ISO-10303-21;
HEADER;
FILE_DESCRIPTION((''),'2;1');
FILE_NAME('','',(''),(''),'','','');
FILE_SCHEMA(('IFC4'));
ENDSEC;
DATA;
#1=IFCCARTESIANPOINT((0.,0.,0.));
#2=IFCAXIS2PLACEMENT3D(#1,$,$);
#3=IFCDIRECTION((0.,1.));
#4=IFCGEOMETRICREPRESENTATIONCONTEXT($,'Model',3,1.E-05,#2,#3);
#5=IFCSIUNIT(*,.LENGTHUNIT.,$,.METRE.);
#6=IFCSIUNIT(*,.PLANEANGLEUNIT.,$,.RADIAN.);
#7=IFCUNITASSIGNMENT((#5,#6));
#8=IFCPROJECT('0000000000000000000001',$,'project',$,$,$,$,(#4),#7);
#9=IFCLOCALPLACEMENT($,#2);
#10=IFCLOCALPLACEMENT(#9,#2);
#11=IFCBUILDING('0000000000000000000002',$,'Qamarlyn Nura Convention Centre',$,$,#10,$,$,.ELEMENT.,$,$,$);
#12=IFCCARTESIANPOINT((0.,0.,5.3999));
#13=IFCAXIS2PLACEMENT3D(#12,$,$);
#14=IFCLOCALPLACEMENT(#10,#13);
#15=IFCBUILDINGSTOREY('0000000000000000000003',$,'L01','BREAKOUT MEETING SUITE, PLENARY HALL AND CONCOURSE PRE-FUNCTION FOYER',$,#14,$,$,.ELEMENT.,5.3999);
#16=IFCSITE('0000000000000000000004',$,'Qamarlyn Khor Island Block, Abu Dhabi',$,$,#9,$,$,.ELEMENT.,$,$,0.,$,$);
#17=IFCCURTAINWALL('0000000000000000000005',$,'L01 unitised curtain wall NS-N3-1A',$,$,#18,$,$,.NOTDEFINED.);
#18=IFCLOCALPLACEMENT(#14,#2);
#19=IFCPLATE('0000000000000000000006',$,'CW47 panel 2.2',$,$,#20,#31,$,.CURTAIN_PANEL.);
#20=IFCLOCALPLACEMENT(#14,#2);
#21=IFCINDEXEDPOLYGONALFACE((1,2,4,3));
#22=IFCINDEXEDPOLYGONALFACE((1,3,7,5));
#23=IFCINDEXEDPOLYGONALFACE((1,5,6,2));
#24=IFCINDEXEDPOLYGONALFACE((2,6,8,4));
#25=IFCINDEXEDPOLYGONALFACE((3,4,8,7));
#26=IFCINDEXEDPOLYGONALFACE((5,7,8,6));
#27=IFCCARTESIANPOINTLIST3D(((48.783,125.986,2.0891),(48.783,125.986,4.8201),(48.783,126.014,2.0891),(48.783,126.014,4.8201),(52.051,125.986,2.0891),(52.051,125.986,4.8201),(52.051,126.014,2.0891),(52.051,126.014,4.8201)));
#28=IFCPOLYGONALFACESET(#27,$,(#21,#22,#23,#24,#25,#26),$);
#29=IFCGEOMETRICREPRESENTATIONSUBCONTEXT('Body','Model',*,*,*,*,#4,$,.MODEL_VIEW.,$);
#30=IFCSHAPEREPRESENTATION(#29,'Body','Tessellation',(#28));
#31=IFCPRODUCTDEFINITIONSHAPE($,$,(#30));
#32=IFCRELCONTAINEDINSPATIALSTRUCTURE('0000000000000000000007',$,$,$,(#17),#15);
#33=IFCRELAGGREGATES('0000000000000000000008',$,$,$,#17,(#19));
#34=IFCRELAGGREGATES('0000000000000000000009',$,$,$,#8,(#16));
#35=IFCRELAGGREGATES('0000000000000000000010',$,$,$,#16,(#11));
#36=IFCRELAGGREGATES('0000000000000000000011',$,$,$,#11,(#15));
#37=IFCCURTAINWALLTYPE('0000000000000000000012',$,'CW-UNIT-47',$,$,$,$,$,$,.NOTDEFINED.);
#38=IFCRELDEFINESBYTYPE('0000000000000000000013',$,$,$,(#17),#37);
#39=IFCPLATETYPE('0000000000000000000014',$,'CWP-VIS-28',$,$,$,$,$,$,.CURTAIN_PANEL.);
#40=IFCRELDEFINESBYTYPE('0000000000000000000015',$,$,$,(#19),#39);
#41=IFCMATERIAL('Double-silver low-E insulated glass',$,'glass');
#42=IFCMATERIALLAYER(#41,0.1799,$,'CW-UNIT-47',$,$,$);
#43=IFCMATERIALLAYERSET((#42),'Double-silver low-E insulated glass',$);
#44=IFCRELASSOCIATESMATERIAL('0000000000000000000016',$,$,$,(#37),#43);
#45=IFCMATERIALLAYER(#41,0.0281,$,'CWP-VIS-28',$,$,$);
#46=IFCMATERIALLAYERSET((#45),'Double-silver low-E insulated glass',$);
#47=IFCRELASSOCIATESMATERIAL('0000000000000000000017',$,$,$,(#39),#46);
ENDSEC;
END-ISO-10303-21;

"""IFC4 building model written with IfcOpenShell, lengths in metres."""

from ifc_helpers import new_model, si_unit, direction, frame, origin, origin_2d, place, context, subcontext, project, spatial, rectangle, extrude, material, layer, layer_set, type_object, element, aggregate, save


model = new_model("IFC4")

# Units and contexts
model_context = context("Model", 3, precision=1e-05, world=origin(), true_north=direction((0.0, 1.0)))
body_context = subcontext(model_context, "Body", "Model", "MODEL_VIEW")
ifc_project = project(units=[si_unit("LENGTHUNIT", "METRE"), si_unit("PLANEANGLEUNIT", "RADIAN")], contexts=[model_context])

# Site, building, storey
site_placement = place(None, origin())
site = spatial("IfcSite", under=ifc_project, at=site_placement, Name="Qamarlyn Khor Island Block, Abu Dhabi", CompositionType="ELEMENT", RefElevation=0.0)
building_placement = place(site_placement, origin())
building = spatial("IfcBuilding", under=site, at=building_placement, Name="Qamarlyn Nura Convention Centre", CompositionType="ELEMENT")
storey_placement = place(building_placement, frame((0.0, 0.0, 5.3999)))
storey = spatial("IfcBuildingStorey", under=building, at=storey_placement, Name="L01", Description="BREAKOUT MEETING SUITE, PLENARY HALL AND CONCOURSE PRE-FUNCTION FOYER", CompositionType="ELEMENT", Elevation=5.3999)

# Shared definitions
ifc_material_1 = material(Name="Double-silver low-E insulated glass", Category="glass")

# Curtain wall
ifc_layer_1 = layer(ifc_material_1, 0.1799, Name="CW-UNIT-47")
ifc_layer_set_1 = layer_set([ifc_layer_1], Name="Double-silver low-E insulated glass")
curtain_wall_type_1 = type_object("IfcCurtainWallType", Name="CW-UNIT-47", PredefinedType="NOTDEFINED", material=ifc_layer_set_1)
curtain_wall_1_placement = place(storey_placement, origin())
curtain_wall_1 = element("IfcCurtainWall", 1, at=curtain_wall_1_placement, inside=storey, type_object=curtain_wall_type_1, Name="L01 unitised curtain wall NS-N3-1A", PredefinedType="NOTDEFINED")

# Plate
ifc_layer_2 = layer(ifc_material_1, 0.0281, Name="CWP-VIS-28")
ifc_layer_set_2 = layer_set([ifc_layer_2], Name="Double-silver low-E insulated glass")
plate_type = type_object("IfcPlateType", Name="CWP-VIS-28", PredefinedType="CURTAIN_PANEL", material=ifc_layer_set_2)
plate_1_placement = place(storey_placement, frame((50.417, 126.0, 2.0891), z_axis=(0.0, 0.0, 1.0), x_axis=(1.0, 0.0, 0.0)))
plate_1 = element("IfcPlate", 2, at=plate_1_placement, type_object=plate_type, Name="CW47 panel 2.2", PredefinedType="CURTAIN_PANEL", context=body_context, shape_type="SweptSolid", body=[
    extrude(rectangle(XDim=3.2681, YDim=0.0281, at=origin_2d()), origin(), (0.0, 0.0, 1.0), 2.731),
])
aggregate(curtain_wall_1, [plate_1])

save(model, "model.ifc")
